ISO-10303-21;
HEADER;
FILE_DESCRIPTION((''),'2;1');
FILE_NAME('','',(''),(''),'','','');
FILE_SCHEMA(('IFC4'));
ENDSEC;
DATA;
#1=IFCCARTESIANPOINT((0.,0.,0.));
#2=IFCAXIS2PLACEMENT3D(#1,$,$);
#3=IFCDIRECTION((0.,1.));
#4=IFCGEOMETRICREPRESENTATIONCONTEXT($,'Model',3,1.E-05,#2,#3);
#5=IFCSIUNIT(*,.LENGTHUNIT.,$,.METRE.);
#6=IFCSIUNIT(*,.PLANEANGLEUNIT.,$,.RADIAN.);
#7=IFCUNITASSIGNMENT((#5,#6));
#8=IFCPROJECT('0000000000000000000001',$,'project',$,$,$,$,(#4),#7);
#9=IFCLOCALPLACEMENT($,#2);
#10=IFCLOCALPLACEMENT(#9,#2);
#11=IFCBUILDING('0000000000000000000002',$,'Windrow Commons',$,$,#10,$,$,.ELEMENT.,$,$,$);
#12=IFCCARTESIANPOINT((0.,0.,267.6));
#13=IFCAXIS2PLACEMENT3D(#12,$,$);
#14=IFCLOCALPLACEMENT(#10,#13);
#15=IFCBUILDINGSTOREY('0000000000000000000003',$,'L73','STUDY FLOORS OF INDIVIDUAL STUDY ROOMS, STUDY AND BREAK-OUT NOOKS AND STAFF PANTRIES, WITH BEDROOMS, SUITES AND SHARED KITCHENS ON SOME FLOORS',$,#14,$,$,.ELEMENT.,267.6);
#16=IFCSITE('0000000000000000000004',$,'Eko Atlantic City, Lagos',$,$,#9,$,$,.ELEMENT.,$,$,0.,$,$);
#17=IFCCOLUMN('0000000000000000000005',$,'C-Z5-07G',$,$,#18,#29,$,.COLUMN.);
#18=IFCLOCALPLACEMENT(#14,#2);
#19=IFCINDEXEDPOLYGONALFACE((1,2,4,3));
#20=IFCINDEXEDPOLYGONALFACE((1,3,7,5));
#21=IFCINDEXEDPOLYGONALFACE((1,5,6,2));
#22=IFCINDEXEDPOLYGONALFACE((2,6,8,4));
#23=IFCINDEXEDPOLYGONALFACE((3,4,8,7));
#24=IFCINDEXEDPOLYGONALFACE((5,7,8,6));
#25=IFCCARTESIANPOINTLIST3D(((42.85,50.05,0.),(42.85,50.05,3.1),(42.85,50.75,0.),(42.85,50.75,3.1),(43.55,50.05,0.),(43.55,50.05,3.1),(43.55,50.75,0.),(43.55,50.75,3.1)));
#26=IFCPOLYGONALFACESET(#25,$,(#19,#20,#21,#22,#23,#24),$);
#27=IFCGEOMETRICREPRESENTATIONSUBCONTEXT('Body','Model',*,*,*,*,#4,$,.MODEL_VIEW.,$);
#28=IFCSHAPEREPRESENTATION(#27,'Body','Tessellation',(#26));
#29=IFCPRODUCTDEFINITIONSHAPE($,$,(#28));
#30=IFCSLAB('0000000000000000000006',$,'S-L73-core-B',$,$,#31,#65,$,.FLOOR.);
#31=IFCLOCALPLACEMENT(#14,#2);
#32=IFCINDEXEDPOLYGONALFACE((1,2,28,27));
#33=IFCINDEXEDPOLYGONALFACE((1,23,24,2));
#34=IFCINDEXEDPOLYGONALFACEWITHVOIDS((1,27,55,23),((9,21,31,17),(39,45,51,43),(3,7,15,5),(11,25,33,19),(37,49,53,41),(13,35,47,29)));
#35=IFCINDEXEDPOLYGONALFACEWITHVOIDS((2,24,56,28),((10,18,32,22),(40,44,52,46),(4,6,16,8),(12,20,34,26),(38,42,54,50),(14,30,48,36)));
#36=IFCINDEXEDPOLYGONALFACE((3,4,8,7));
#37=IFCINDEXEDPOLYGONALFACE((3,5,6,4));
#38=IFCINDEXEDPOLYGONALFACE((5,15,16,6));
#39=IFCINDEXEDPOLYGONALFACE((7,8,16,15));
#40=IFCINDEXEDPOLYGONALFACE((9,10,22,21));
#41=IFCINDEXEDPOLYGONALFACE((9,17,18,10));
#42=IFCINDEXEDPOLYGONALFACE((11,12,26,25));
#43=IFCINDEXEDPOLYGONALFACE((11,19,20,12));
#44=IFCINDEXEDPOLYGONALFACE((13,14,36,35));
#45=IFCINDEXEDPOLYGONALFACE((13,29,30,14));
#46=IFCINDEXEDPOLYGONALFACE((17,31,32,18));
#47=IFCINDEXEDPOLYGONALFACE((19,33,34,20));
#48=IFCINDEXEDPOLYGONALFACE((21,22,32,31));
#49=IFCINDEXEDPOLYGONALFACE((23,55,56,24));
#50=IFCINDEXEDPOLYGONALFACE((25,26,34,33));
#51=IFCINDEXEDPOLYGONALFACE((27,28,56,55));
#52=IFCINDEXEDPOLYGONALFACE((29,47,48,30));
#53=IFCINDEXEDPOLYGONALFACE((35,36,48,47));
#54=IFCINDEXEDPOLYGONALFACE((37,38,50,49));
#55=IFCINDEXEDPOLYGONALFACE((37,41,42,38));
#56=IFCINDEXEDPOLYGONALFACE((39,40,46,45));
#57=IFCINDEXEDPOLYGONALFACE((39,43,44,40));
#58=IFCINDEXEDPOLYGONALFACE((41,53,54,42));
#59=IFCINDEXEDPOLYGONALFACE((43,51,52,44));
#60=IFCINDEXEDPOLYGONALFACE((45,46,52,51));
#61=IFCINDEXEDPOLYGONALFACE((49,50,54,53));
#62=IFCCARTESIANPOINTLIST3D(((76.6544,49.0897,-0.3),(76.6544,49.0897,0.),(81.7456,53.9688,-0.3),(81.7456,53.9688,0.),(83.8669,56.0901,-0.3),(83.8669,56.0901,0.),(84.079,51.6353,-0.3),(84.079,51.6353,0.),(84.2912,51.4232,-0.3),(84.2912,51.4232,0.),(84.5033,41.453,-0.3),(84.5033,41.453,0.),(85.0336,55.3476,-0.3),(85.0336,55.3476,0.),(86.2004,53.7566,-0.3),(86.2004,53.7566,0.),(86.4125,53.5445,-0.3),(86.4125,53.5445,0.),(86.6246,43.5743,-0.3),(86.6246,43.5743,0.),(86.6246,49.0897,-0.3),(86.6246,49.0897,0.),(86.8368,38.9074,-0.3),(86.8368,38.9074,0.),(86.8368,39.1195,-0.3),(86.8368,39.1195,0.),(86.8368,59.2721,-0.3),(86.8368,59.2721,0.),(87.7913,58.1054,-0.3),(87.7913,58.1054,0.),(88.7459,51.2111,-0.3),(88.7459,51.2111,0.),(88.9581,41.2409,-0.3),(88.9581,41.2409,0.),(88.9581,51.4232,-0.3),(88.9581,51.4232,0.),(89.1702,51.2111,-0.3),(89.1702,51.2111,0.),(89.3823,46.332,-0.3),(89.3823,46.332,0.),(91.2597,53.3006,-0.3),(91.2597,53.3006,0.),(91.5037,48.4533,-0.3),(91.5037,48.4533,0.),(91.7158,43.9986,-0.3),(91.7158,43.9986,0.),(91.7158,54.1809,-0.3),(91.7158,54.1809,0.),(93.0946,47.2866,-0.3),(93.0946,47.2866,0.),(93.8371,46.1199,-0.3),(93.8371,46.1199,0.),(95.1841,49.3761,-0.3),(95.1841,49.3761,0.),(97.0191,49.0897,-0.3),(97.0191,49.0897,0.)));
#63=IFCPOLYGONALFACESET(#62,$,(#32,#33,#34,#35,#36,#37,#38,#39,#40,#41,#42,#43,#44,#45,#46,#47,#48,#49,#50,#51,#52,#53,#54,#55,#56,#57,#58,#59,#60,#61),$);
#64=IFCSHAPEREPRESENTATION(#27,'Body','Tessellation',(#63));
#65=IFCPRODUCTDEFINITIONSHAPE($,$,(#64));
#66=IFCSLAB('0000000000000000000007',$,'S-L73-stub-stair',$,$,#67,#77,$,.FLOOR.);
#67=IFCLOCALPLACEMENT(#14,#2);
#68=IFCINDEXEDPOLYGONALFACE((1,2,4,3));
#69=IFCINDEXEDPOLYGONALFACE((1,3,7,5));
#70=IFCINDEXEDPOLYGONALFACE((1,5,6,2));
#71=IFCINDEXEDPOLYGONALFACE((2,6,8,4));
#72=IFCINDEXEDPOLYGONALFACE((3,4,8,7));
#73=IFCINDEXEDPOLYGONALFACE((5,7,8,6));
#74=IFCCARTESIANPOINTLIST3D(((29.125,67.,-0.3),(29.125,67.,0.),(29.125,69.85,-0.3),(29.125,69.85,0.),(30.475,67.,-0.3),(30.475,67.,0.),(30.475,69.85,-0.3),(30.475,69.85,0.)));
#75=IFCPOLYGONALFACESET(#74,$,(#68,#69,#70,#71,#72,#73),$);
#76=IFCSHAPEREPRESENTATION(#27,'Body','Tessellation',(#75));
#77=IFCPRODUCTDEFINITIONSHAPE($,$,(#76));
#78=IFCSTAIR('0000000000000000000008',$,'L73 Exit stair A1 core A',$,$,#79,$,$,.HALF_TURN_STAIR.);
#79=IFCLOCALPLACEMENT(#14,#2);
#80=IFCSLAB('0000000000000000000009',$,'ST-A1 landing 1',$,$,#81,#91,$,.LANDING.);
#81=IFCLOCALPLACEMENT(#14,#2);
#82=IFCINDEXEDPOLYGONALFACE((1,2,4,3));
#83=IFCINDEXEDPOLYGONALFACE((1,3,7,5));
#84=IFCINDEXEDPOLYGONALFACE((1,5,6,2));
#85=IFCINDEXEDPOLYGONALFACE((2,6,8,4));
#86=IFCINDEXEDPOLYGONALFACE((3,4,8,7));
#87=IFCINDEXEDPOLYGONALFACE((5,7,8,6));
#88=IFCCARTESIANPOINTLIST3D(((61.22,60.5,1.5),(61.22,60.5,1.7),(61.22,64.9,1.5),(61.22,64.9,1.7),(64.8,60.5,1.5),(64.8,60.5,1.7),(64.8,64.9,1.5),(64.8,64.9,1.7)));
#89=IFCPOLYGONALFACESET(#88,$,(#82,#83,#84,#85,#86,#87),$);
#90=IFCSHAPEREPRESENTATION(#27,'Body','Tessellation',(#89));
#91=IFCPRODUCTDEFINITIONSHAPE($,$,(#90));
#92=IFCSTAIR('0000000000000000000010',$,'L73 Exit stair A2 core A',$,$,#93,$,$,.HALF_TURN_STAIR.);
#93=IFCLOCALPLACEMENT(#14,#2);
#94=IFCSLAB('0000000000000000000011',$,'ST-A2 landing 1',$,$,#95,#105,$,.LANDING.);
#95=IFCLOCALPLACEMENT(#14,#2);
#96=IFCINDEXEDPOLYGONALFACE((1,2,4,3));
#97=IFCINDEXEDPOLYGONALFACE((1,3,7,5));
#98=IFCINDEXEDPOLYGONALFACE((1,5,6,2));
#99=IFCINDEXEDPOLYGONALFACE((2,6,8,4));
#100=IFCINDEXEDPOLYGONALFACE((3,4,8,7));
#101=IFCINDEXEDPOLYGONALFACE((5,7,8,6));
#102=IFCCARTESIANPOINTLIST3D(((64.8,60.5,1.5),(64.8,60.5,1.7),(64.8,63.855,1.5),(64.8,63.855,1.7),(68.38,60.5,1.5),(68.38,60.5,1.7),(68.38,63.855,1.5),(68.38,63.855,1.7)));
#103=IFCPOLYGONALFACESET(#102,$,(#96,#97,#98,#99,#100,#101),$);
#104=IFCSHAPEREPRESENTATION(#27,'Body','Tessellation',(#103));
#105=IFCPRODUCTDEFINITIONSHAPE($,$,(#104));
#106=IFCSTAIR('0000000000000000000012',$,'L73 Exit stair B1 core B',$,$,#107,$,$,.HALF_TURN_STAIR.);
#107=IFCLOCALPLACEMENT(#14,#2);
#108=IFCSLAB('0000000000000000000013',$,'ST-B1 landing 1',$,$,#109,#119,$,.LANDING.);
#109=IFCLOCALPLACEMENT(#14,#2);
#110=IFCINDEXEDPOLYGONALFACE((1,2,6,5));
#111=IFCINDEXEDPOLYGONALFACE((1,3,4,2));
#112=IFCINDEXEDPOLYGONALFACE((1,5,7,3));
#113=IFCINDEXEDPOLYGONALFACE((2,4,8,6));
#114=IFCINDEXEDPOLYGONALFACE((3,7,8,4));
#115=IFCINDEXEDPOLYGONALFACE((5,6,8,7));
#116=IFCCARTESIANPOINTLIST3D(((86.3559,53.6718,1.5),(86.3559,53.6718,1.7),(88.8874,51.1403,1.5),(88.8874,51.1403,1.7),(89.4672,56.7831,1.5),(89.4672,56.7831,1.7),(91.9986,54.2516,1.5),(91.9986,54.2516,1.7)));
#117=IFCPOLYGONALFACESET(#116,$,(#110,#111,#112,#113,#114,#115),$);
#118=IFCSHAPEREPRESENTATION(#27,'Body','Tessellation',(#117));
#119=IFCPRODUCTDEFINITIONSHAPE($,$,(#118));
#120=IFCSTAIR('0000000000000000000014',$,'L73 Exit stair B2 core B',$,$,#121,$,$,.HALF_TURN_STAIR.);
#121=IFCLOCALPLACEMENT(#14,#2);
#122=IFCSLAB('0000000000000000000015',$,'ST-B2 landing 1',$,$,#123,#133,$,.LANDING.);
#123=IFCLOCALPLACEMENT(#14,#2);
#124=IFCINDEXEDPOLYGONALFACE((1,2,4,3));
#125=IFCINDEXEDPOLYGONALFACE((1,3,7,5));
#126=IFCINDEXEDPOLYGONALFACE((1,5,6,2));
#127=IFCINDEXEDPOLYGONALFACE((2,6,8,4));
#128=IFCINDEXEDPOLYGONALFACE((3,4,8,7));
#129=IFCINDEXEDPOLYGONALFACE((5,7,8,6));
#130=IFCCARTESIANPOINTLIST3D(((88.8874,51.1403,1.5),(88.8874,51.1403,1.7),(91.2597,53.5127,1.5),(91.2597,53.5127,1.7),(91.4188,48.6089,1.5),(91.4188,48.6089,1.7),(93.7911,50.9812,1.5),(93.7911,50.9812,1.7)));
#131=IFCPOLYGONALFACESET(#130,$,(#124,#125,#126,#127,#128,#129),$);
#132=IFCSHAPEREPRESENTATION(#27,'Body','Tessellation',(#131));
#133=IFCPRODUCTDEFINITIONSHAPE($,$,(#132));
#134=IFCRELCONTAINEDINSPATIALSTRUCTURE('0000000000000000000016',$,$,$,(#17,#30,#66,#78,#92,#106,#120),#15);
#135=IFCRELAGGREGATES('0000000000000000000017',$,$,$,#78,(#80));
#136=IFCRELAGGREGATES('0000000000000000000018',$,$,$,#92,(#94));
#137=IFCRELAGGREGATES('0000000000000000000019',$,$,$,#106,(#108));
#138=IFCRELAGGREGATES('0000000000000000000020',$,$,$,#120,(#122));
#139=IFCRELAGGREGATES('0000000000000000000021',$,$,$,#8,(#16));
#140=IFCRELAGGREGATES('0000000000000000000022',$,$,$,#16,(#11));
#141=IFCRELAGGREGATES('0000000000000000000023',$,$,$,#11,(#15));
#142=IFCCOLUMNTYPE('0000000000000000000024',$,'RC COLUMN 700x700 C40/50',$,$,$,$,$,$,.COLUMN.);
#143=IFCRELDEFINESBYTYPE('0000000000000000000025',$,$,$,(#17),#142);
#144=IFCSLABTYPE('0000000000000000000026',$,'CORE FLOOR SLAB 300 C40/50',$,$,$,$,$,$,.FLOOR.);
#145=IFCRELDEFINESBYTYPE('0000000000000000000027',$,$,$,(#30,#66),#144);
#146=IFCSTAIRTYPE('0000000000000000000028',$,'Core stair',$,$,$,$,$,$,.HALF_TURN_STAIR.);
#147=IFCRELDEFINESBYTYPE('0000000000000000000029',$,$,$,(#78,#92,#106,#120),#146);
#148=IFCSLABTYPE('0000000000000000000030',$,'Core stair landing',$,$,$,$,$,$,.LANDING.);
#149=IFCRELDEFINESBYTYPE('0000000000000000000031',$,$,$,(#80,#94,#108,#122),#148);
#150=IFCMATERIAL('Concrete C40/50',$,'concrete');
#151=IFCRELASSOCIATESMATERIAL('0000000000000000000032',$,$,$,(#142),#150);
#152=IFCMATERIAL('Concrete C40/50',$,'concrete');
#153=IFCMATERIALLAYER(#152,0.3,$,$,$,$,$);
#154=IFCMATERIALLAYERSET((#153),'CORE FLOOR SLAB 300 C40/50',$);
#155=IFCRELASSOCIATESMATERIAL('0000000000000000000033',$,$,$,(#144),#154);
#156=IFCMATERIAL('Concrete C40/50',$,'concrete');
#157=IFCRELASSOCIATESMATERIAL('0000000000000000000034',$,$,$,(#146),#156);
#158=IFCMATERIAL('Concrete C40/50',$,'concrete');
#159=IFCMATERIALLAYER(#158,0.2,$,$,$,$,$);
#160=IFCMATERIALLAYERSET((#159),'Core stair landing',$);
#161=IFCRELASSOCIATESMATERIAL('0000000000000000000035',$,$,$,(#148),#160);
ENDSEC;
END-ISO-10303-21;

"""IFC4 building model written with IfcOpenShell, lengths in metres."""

from ifc_helpers import new_model, si_unit, direction, frame, origin, origin_2d, place, context, subcontext, project, spatial, polyline, rectangle, outline, extrude, material, layer, layer_set, material_profile, profile_set, type_object, element, aggregate, save


model = new_model("IFC4")

# Units and contexts
model_context = context("Model", 3, precision=1e-05, world=origin(), true_north=direction((0.0, 1.0)))
body_context = subcontext(model_context, "Body", "Model", "MODEL_VIEW")
ifc_project = project(units=[si_unit("LENGTHUNIT", "METRE"), si_unit("PLANEANGLEUNIT", "RADIAN")], contexts=[model_context])

# Site, building, storey
site_placement = place(None, origin())
site = spatial("IfcSite", under=ifc_project, at=site_placement, Name="Eko Atlantic City, Lagos", CompositionType="ELEMENT", RefElevation=0.0)
building_placement = place(site_placement, origin())
building = spatial("IfcBuilding", under=site, at=building_placement, Name="Windrow Commons", CompositionType="ELEMENT")
storey_placement = place(building_placement, frame((0.0, 0.0, 267.6)))
storey = spatial("IfcBuildingStorey", under=building, at=storey_placement, Name="L73", Description="STUDY FLOORS OF INDIVIDUAL STUDY ROOMS, STUDY AND BREAK-OUT NOOKS AND STAFF PANTRIES, WITH BEDROOMS, SUITES AND SHARED KITCHENS ON SOME FLOORS", CompositionType="ELEMENT", Elevation=267.6)

# Column
ifc_material_1 = material(Name="Concrete C40/50", Category="concrete")
ifc_material_profile = material_profile(ifc_material_1, rectangle(XDim=0.7, YDim=0.7, at=origin_2d()))
ifc_profile_set = profile_set([ifc_material_profile], Name="Concrete C40/50")
column_type = type_object("IfcColumnType", Name="RC COLUMN 700x700 C40/50", PredefinedType="COLUMN", material=ifc_profile_set)
column_placement = place(storey_placement, frame((43.2, 50.4, 0.0), z_axis=(0.0, 0.0, 1.0), x_axis=(1.0, 0.0, 0.0)))
element("IfcColumn", 1, at=column_placement, inside=storey, type_object=column_type, Name="C-Z5-07G", PredefinedType="COLUMN", context=body_context, shape_type="SweptSolid", body=[
    extrude(rectangle(XDim=0.7, YDim=0.7, at=origin_2d()), origin(), (0.0, 0.0, 1.0), 3.1),
])

# Slab, openings
ifc_material_2 = material(Name="Concrete C40/50", Category="concrete")
ifc_layer_1 = layer(ifc_material_2, 0.3)
ifc_layer_set_1 = layer_set([ifc_layer_1], Name="CORE FLOOR SLAB 300 C40/50")
slab_type_1 = type_object("IfcSlabType", Name="CORE FLOOR SLAB 300 C40/50", PredefinedType="FLOOR", material=ifc_layer_set_1)
placement_1 = place(storey_placement, frame((0.0, 0.0, -0.3)))
slab_1 = element("IfcSlab", 2, at=placement_1, inside=storey, type_object=slab_type_1, Name="S-L73-core-B", PredefinedType="FLOOR", context=body_context, shape_type="SweptSolid", body=[
    extrude(outline(polyline([(76.6544, 49.0897), (86.8368, 38.9074), (97.0191, 49.0897), (86.8368, 59.2721), (76.6544, 49.0897)]), holes=[polyline([(84.5033, 41.453), (86.8368, 39.1195), (88.9581, 41.2409), (86.6246, 43.5743), (84.5033, 41.453)]), polyline([(81.7456, 53.9688), (84.079, 51.6353), (86.2004, 53.7566), (83.8669, 56.0901), (81.7456, 53.9688)]), polyline([(84.2912, 51.4232), (86.6246, 49.0897), (88.7459, 51.2111), (86.4125, 53.5445), (84.2912, 51.4232)]), polyline([(89.3823, 46.332), (91.7158, 43.9986), (93.8371, 46.1199), (91.5037, 48.4533), (89.3823, 46.332)]), polyline([(85.0336, 55.3476), (88.9581, 51.4232), (91.7158, 54.1809), (87.7913, 58.1054), (85.0336, 55.3476)]), polyline([(89.1702, 51.2111), (93.0946, 47.2866), (95.1841, 49.3761), (91.2597, 53.3006), (89.1702, 51.2111)])]), origin(), (0.0, 0.0, 1.0), 0.3),
])
opening_1_placement = place(placement_1, origin())
element("IfcOpeningElement", 3, at=opening_1_placement, cuts=slab_1, PredefinedType="OPENING", context=body_context, shape_type="SweptSolid", body=[
    extrude(outline(polyline([(84.5104, 41.453), (86.6246, 43.5672), (88.951, 41.2409), (86.8368, 39.1266), (84.5104, 41.453)])), origin(), (0.0, 0.0, 1.0), 0.3),
])
opening_2_placement = place(placement_1, origin())
element("IfcOpeningElement", 4, at=opening_2_placement, cuts=slab_1, PredefinedType="OPENING", context=body_context, shape_type="SweptSolid", body=[
    extrude(outline(polyline([(81.7527, 53.9688), (83.8669, 56.083), (86.1933, 53.7566), (84.079, 51.6424), (81.7527, 53.9688)])), origin(), (0.0, 0.0, 1.0), 0.3),
])
opening_3_placement = place(placement_1, origin())
element("IfcOpeningElement", 5, at=opening_3_placement, cuts=slab_1, PredefinedType="OPENING", context=body_context, shape_type="SweptSolid", body=[
    extrude(outline(polyline([(84.2983, 51.4232), (86.4125, 53.5374), (88.7388, 51.2111), (86.6246, 49.0968), (84.2983, 51.4232)])), origin(), (0.0, 0.0, 1.0), 0.3),
])
opening_4_placement = place(placement_1, origin())
element("IfcOpeningElement", 6, at=opening_4_placement, cuts=slab_1, PredefinedType="OPENING", context=body_context, shape_type="SweptSolid", body=[
    extrude(outline(polyline([(89.3894, 46.332), (91.5037, 48.4462), (93.83, 46.1199), (91.7158, 44.0057), (89.3894, 46.332)])), origin(), (0.0, 0.0, 1.0), 0.3),
])
opening_5_placement = place(placement_1, origin())
element("IfcOpeningElement", 7, at=opening_5_placement, cuts=slab_1, PredefinedType="OPENING", context=body_context, shape_type="SweptSolid", body=[
    extrude(outline(polyline([(85.0407, 55.3476), (87.7913, 58.0983), (91.7087, 54.1809), (88.9581, 51.4303), (85.0407, 55.3476)])), origin(), (0.0, 0.0, 1.0), 0.3),
])
opening_6_placement = place(placement_1, origin())
element("IfcOpeningElement", 8, at=opening_6_placement, cuts=slab_1, PredefinedType="OPENING", context=body_context, shape_type="SweptSolid", body=[
    extrude(outline(polyline([(89.1773, 51.2111), (91.2597, 53.2935), (95.177, 49.3761), (93.0946, 47.2937), (89.1773, 51.2111)])), origin(), (0.0, 0.0, 1.0), 0.3),
])

# Slab
element("IfcSlab", 9, at=placement_1, inside=storey, type_object=slab_type_1, Name="S-L73-stub-stair", PredefinedType="FLOOR", context=body_context, shape_type="SweptSolid", body=[
    extrude(outline(polyline([(29.125, 67.0), (30.475, 67.0), (30.475, 69.85), (29.125, 69.85), (29.125, 67.0)])), origin(), (0.0, 0.0, 1.0), 0.3),
])

# Stairs, slabs
ifc_material_3 = material(Name="Concrete C40/50", Category="concrete")
stair_type = type_object("IfcStairType", Name="Core stair", PredefinedType="HALF_TURN_STAIR", material=ifc_material_3)
placement_2 = place(storey_placement, origin())
stair_1 = element("IfcStair", 10, at=placement_2, inside=storey, type_object=stair_type, Name="L73 Exit stair A1 core A", PredefinedType="HALF_TURN_STAIR")
ifc_material_4 = material(Name="Concrete C40/50", Category="concrete")
ifc_layer_2 = layer(ifc_material_4, 0.2)
ifc_layer_set_2 = layer_set([ifc_layer_2], Name="Core stair landing")
slab_type_2 = type_object("IfcSlabType", Name="Core stair landing", PredefinedType="LANDING", material=ifc_layer_set_2)
placement_3 = place(storey_placement, frame((0.0, 0.0, 1.5)))
slab_2 = element("IfcSlab", 11, at=placement_3, type_object=slab_type_2, Name="ST-A1 landing 1", PredefinedType="LANDING", context=body_context, shape_type="SweptSolid", body=[
    extrude(outline(polyline([(61.22, 60.5), (64.8, 60.5), (64.8, 64.9), (61.22, 64.9), (61.22, 60.5)])), origin(), (0.0, 0.0, 1.0), 0.2),
])
aggregate(stair_1, [slab_2])
stair_2 = element("IfcStair", 12, at=placement_2, inside=storey, type_object=stair_type, Name="L73 Exit stair A2 core A", PredefinedType="HALF_TURN_STAIR")
slab_3 = element("IfcSlab", 13, at=placement_3, type_object=slab_type_2, Name="ST-A2 landing 1", PredefinedType="LANDING", context=body_context, shape_type="SweptSolid", body=[
    extrude(outline(polyline([(64.8, 60.5), (68.38, 60.5), (68.38, 63.855), (64.8, 63.855), (64.8, 60.5)])), origin(), (0.0, 0.0, 1.0), 0.2),
])
aggregate(stair_2, [slab_3])
stair_3 = element("IfcStair", 14, at=placement_2, inside=storey, type_object=stair_type, Name="L73 Exit stair B1 core B", PredefinedType="HALF_TURN_STAIR")
slab_4 = element("IfcSlab", 15, at=placement_3, type_object=slab_type_2, Name="ST-B1 landing 1", PredefinedType="LANDING", context=body_context, shape_type="SweptSolid", body=[
    extrude(outline(polyline([(86.3559, 53.6718), (88.8874, 51.1403), (91.9986, 54.2516), (89.4672, 56.7831), (86.3559, 53.6718)])), origin(), (0.0, 0.0, 1.0), 0.2),
])
aggregate(stair_3, [slab_4])
stair_4 = element("IfcStair", 16, at=placement_2, inside=storey, type_object=stair_type, Name="L73 Exit stair B2 core B", PredefinedType="HALF_TURN_STAIR")
slab_5 = element("IfcSlab", 17, at=placement_3, type_object=slab_type_2, Name="ST-B2 landing 1", PredefinedType="LANDING", context=body_context, shape_type="SweptSolid", body=[
    extrude(outline(polyline([(88.8874, 51.1403), (91.4188, 48.6089), (93.7911, 50.9812), (91.2597, 53.5127), (88.8874, 51.1403)])), origin(), (0.0, 0.0, 1.0), 0.2),
])
aggregate(stair_4, [slab_5])

save(model, "model.ifc")
